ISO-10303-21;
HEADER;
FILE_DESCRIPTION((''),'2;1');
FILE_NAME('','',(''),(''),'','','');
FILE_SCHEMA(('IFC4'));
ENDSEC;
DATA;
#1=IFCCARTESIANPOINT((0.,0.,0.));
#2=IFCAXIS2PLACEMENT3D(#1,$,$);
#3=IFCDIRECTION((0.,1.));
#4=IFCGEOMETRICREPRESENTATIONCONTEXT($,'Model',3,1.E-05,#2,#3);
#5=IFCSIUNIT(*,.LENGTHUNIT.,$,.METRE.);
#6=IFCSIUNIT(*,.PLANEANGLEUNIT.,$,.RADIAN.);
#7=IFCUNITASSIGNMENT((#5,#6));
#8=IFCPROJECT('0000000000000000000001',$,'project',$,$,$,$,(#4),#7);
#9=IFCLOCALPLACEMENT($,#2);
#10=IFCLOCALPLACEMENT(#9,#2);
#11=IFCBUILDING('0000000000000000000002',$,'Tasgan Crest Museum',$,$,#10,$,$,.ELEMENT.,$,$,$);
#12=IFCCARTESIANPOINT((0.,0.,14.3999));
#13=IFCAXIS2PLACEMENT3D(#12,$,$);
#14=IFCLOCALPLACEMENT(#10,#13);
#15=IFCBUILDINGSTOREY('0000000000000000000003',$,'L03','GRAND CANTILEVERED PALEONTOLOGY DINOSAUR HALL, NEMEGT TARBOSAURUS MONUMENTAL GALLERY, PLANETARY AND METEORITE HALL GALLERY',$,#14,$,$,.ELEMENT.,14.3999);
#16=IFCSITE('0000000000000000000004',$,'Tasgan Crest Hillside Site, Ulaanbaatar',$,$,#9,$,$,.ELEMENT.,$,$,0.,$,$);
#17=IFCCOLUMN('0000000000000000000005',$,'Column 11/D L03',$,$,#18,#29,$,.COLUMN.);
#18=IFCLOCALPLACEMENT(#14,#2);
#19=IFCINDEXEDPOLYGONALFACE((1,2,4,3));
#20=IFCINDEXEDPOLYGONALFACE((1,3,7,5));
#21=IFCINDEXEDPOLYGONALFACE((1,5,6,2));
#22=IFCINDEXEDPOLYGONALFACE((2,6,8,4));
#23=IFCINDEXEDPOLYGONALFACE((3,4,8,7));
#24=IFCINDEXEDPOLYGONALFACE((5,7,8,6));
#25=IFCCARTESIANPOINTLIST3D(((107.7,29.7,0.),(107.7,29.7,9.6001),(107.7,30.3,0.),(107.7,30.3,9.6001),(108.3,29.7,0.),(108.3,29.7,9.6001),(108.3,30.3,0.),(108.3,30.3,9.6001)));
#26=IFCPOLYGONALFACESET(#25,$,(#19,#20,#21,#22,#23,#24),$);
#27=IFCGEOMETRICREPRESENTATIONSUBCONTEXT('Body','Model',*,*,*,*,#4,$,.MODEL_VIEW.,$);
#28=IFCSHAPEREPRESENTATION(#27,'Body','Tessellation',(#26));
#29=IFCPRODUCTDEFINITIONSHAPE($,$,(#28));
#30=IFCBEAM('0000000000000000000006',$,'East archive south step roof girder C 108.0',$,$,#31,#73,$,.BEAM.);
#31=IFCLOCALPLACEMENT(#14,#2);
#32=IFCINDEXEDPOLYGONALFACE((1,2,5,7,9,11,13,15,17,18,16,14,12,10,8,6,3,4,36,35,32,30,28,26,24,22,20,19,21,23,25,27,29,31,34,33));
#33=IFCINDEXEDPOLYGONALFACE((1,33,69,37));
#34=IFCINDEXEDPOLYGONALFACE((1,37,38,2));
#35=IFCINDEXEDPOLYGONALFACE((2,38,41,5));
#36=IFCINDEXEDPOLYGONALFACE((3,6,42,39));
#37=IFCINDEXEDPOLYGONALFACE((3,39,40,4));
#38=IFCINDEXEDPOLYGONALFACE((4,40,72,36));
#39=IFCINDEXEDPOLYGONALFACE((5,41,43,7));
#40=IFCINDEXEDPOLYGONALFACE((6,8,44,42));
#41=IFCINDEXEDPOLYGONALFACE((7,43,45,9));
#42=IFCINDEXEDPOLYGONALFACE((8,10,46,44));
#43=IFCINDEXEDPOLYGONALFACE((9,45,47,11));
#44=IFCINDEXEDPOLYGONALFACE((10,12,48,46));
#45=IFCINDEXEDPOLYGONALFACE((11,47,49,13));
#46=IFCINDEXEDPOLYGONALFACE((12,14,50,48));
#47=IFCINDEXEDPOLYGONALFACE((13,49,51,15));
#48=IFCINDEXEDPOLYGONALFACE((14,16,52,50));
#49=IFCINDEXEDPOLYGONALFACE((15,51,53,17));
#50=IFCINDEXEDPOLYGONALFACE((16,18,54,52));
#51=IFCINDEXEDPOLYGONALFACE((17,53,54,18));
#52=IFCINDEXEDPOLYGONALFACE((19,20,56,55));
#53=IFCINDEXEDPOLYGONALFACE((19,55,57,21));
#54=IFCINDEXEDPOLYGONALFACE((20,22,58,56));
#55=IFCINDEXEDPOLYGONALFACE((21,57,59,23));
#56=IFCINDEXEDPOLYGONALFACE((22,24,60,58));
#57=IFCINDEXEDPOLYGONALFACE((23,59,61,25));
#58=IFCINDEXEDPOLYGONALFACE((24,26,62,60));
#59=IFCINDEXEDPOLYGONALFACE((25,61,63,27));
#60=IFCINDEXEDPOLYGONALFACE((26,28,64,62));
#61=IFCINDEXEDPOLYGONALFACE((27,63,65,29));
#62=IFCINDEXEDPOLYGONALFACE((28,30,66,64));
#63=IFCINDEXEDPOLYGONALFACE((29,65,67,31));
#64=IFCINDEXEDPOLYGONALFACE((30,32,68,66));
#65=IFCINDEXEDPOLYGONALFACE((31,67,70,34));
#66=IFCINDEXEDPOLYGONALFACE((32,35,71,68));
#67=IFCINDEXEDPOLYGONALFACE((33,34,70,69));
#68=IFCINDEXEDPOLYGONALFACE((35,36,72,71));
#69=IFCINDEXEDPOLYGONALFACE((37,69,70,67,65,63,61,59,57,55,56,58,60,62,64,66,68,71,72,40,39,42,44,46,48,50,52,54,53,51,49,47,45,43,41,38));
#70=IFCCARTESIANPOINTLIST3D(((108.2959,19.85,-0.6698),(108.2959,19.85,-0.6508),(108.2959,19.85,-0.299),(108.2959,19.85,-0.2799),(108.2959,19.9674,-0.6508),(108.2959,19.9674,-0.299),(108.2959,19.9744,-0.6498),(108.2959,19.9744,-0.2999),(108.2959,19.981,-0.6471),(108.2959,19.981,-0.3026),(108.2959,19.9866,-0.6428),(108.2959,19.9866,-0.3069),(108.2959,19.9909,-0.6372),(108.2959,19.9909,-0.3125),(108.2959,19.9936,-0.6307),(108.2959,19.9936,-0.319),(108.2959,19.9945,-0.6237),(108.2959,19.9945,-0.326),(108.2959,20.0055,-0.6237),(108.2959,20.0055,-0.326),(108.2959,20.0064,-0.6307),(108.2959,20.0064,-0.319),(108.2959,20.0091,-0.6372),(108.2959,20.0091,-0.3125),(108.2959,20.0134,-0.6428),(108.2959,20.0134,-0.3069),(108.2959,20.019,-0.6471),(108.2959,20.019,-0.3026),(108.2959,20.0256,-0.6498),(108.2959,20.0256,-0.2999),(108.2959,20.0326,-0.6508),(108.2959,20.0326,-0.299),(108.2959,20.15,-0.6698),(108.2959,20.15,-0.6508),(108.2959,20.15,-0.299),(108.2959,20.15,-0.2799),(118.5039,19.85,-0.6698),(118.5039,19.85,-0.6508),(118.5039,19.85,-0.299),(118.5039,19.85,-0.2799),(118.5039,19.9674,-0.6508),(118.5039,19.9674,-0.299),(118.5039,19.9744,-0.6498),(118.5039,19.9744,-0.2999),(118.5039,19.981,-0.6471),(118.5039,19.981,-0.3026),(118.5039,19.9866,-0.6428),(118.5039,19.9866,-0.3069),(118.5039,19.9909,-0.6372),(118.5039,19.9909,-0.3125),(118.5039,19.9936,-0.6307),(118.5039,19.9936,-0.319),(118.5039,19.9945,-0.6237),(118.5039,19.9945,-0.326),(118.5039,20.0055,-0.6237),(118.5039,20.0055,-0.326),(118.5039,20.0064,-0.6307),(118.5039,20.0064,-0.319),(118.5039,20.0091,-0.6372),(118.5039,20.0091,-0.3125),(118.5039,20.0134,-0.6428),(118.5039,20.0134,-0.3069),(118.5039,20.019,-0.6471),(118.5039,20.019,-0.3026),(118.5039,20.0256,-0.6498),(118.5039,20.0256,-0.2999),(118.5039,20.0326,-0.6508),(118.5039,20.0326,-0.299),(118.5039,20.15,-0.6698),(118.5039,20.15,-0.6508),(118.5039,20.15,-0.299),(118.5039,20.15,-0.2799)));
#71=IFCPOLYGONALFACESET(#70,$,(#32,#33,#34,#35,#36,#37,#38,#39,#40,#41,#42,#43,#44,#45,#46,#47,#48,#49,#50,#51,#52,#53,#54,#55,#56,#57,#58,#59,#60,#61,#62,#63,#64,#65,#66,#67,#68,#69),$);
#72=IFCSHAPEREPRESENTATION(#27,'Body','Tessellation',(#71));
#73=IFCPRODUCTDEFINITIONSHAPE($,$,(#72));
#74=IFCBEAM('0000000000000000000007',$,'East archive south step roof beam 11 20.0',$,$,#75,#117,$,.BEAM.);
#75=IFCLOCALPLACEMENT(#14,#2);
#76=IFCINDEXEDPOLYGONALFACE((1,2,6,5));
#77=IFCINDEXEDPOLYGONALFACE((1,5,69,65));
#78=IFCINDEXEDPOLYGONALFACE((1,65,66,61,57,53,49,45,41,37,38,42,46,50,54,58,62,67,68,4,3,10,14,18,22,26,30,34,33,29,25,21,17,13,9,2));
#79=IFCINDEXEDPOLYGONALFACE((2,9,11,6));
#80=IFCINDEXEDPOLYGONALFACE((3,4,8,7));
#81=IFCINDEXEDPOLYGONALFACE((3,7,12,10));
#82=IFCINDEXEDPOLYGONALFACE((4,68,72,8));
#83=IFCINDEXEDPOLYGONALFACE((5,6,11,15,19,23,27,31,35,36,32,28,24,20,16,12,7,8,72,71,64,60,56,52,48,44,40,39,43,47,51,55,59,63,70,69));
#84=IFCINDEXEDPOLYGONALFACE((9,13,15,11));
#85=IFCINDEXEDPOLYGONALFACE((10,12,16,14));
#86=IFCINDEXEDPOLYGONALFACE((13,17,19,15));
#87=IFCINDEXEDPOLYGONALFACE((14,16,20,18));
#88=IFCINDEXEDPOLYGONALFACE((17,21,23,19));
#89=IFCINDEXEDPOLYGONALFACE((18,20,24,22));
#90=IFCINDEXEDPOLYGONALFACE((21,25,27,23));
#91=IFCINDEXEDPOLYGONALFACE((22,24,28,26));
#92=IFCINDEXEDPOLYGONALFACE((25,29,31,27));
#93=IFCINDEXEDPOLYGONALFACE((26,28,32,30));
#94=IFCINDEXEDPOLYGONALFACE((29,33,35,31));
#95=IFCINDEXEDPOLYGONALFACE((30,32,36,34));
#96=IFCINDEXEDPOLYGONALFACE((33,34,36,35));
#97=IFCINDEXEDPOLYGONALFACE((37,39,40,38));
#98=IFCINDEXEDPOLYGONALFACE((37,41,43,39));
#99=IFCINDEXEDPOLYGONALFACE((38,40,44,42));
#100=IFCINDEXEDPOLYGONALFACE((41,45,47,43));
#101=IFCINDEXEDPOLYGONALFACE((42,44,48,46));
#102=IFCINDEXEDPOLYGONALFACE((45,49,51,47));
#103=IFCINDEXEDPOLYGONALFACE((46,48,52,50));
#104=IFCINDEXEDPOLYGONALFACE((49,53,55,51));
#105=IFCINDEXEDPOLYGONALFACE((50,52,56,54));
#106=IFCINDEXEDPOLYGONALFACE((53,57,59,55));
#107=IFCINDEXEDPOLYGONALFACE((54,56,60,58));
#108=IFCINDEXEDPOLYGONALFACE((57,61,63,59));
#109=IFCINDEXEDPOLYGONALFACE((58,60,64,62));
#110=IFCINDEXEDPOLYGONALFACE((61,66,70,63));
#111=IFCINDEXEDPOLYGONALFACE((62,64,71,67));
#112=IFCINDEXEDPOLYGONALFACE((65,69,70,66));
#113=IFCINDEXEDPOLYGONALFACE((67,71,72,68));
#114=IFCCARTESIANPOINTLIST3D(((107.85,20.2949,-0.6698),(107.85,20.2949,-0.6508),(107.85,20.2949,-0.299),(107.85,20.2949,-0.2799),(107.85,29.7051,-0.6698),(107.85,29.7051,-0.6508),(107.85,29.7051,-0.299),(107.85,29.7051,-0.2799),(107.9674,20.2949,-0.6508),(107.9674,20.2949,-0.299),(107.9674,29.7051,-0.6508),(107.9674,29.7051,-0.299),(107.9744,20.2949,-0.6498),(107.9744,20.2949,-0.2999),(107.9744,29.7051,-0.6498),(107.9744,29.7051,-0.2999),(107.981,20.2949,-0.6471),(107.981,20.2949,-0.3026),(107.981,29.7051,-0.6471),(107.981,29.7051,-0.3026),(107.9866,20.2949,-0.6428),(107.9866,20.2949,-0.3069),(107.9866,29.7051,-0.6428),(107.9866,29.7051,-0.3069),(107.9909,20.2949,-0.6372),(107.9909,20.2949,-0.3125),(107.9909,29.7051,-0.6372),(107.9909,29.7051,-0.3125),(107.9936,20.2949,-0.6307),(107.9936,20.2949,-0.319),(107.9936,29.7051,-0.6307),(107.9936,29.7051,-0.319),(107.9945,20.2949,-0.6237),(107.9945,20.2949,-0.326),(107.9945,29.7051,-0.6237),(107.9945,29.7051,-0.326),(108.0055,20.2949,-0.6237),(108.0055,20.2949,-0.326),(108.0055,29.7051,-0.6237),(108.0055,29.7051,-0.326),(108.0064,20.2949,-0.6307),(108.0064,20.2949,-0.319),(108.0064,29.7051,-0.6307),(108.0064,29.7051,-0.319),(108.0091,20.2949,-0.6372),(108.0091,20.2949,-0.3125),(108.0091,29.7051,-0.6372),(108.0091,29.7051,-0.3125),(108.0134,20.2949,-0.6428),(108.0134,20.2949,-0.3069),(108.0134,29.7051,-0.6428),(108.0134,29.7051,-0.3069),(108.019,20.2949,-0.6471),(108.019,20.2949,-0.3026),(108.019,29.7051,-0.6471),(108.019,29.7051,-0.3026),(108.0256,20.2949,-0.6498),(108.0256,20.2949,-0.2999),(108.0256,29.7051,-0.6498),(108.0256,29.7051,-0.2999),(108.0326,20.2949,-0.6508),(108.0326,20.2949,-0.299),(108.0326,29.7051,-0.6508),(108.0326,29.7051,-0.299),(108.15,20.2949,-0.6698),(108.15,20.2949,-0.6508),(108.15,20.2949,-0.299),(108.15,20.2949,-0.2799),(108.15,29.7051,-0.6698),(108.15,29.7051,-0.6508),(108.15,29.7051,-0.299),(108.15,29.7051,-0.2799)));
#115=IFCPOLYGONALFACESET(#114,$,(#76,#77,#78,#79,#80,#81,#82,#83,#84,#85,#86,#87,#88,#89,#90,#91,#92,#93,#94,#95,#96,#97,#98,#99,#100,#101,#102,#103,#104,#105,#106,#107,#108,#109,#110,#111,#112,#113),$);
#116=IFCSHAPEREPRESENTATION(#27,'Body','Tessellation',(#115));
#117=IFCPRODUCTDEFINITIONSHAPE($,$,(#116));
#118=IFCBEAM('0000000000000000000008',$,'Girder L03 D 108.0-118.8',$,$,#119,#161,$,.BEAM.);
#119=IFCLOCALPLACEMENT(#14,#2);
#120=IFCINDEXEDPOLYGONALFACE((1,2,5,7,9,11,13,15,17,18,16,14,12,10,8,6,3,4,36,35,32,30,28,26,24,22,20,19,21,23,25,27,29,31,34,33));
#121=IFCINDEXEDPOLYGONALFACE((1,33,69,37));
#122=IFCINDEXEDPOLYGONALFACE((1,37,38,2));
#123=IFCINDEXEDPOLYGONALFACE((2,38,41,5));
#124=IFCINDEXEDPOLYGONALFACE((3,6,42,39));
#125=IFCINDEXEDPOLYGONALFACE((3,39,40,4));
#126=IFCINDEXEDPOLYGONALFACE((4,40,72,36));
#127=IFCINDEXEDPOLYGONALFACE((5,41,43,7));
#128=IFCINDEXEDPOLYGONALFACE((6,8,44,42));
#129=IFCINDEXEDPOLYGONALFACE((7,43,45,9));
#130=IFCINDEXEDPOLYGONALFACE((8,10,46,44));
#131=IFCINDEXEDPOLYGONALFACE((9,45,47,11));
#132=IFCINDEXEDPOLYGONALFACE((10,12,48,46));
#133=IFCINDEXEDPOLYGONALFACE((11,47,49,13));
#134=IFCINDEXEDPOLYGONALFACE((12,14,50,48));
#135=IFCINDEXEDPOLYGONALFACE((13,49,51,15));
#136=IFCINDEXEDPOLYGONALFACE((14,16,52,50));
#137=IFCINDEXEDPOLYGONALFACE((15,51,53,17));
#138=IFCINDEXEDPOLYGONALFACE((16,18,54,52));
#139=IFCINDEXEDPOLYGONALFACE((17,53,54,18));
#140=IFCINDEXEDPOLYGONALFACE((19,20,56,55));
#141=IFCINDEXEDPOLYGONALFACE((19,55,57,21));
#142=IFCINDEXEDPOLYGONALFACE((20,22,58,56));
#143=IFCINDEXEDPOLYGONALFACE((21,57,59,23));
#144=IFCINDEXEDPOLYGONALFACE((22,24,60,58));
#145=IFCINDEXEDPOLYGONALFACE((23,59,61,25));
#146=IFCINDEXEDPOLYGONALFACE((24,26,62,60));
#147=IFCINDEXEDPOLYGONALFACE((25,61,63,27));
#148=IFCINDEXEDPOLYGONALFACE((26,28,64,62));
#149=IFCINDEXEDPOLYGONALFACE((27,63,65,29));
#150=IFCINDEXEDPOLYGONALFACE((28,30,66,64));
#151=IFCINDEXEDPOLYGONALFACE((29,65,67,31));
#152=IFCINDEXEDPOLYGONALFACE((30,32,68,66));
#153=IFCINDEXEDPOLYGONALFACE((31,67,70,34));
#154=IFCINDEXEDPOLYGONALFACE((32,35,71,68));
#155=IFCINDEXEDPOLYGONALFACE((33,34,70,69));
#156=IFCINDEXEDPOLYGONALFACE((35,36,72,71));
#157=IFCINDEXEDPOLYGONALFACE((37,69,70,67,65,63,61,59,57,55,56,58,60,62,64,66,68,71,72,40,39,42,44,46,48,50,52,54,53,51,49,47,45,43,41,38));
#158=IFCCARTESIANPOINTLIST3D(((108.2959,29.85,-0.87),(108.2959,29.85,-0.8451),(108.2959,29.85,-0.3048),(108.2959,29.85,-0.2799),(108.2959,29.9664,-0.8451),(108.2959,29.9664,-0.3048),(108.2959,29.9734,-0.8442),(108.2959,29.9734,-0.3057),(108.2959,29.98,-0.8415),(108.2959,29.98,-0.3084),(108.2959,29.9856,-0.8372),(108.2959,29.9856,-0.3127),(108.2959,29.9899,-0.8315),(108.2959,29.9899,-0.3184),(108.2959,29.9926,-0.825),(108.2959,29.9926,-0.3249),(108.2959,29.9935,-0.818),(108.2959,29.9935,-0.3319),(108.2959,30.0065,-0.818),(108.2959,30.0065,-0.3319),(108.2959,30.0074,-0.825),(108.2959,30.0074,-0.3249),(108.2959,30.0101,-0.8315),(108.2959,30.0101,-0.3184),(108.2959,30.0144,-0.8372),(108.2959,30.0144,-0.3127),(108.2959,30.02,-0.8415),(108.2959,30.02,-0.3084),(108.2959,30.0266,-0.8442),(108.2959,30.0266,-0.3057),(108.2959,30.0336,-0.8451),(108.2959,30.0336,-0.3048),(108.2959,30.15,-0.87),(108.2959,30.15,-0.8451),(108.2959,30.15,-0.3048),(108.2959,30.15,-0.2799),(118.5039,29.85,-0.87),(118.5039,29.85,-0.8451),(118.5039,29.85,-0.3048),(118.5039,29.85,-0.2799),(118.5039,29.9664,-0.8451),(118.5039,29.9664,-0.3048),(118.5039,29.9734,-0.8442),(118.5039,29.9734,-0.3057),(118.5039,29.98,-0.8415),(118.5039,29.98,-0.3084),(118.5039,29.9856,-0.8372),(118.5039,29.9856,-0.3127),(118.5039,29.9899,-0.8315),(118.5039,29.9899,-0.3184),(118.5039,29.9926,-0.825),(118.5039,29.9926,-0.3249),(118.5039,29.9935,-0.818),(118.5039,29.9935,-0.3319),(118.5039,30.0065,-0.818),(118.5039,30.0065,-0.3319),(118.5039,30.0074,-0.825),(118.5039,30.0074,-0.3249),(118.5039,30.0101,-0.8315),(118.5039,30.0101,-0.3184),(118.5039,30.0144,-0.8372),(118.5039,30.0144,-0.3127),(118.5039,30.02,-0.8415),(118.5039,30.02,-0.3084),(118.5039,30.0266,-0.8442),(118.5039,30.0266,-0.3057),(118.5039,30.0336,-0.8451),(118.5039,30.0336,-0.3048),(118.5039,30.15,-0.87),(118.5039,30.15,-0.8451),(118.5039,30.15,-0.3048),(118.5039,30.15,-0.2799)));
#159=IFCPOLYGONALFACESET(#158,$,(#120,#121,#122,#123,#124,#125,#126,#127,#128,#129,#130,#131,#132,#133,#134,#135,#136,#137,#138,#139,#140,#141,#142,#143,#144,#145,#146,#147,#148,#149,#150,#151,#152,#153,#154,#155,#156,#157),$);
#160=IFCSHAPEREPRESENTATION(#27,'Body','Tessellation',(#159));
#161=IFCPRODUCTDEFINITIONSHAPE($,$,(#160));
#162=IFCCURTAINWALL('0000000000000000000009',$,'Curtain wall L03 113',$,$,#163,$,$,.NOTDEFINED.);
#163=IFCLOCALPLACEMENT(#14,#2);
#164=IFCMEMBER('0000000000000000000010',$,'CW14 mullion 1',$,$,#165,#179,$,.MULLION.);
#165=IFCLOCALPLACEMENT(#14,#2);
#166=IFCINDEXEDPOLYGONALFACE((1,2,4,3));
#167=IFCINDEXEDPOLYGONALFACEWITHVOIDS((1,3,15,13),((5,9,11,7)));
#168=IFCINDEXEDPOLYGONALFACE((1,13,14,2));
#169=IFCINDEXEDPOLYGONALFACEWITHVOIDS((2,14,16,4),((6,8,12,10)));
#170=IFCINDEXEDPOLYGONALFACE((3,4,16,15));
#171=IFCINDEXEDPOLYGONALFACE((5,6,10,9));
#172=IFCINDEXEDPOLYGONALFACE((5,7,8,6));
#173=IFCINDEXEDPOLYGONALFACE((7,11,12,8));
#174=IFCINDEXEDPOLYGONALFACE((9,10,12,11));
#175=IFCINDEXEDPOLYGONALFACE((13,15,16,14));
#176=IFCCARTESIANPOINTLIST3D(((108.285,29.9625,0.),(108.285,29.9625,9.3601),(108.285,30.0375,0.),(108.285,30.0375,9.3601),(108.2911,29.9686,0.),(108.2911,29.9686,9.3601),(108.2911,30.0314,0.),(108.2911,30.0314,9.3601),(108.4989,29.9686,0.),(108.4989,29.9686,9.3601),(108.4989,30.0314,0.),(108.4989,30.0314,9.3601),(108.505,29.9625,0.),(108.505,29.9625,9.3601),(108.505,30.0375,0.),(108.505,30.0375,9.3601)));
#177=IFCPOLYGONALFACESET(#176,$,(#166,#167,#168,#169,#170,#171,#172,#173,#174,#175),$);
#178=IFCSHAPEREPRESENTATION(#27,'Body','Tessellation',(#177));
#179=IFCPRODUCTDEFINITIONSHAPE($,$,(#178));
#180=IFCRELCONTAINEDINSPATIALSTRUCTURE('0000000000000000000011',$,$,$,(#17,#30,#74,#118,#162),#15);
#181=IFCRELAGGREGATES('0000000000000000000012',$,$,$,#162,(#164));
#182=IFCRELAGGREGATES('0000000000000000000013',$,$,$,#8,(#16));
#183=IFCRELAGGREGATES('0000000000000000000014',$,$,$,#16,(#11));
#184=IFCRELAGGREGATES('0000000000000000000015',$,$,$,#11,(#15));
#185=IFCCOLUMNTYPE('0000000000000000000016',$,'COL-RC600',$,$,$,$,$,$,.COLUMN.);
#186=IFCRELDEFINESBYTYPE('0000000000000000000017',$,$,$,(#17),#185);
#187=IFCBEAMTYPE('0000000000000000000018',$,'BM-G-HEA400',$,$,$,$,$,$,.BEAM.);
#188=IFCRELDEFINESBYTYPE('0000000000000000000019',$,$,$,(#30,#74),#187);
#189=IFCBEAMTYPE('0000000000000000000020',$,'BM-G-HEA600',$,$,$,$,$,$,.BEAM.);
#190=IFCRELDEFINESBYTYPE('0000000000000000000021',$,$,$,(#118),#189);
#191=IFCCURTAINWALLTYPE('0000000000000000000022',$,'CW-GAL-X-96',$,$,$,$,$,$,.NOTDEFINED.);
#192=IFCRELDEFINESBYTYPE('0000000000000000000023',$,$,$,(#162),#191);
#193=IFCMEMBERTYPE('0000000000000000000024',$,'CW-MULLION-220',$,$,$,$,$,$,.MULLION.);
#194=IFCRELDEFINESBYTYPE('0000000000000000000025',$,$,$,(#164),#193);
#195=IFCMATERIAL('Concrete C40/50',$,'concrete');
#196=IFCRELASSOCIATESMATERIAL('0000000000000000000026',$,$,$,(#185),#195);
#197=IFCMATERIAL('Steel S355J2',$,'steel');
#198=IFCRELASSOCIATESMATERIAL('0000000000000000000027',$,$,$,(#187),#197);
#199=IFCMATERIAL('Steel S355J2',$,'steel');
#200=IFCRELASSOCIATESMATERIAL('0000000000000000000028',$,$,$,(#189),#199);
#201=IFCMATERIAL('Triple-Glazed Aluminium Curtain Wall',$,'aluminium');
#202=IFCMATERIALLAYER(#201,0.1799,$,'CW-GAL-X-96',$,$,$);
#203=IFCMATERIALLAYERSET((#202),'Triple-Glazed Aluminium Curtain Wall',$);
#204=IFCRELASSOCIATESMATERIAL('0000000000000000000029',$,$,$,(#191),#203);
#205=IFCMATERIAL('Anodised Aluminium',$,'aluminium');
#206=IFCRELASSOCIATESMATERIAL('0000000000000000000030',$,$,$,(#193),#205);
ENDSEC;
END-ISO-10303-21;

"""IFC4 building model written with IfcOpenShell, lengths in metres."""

from ifc_helpers import new_model, si_unit, direction, frame, origin, origin_2d, place, context, subcontext, project, spatial, rectangle, hollow_rectangle, i_section, extrude, material, layer, layer_set, material_profile, profile_set, type_object, element, aggregate, save


model = new_model("IFC4")

# Units and contexts
model_context = context("Model", 3, precision=1e-05, world=origin(), true_north=direction((0.0, 1.0)))
body_context = subcontext(model_context, "Body", "Model", "MODEL_VIEW")
ifc_project = project(units=[si_unit("LENGTHUNIT", "METRE"), si_unit("PLANEANGLEUNIT", "RADIAN")], contexts=[model_context])

# Site, building, storey
site_placement = place(None, origin())
site = spatial("IfcSite", under=ifc_project, at=site_placement, Name="Tasgan Crest Hillside Site, Ulaanbaatar", CompositionType="ELEMENT", RefElevation=0.0)
building_placement = place(site_placement, origin())
building = spatial("IfcBuilding", under=site, at=building_placement, Name="Tasgan Crest Museum", CompositionType="ELEMENT")
storey_placement = place(building_placement, frame((0.0, 0.0, 14.3999)))
storey = spatial("IfcBuildingStorey", under=building, at=storey_placement, Name="L03", Description="GRAND CANTILEVERED PALEONTOLOGY DINOSAUR HALL, NEMEGT TARBOSAURUS MONUMENTAL GALLERY, PLANETARY AND METEORITE HALL GALLERY", CompositionType="ELEMENT", Elevation=14.3999)

# Column
ifc_material_1 = material(Name="Concrete C40/50", Category="concrete")
ifc_material_profile_1 = material_profile(ifc_material_1, rectangle(XDim=0.6001, YDim=0.6001, at=origin_2d()), Name="RC 600x600")
ifc_profile_set_1 = profile_set([ifc_material_profile_1], Name="Concrete C40/50")
column_type = type_object("IfcColumnType", Name="COL-RC600", PredefinedType="COLUMN", material=ifc_profile_set_1)
column_placement = place(storey_placement, frame((108.0, 30.0, 0.0), z_axis=(0.0, 0.0, 1.0), x_axis=(1.0, 0.0, 0.0)))
element("IfcColumn", 1, at=column_placement, inside=storey, type_object=column_type, Name="Column 11/D L03", PredefinedType="COLUMN", context=body_context, shape_type="SweptSolid", body=[
    extrude(rectangle(XDim=0.6001, YDim=0.6001, at=origin_2d()), origin(), (0.0, 0.0, 1.0), 9.6001),
])

# Beams
ifc_material_2 = material(Name="Steel S355J2", Category="steel")
ifc_material_profile_2 = material_profile(ifc_material_2, i_section(OverallWidth=0.3, OverallDepth=0.3899, WebThickness=0.011, FlangeThickness=0.019, FilletRadius=0.0271, at=origin_2d()), Name="HEA 400")
ifc_profile_set_2 = profile_set([ifc_material_profile_2], Name="Steel S355J2")
beam_type_1 = type_object("IfcBeamType", Name="BM-G-HEA400", PredefinedType="BEAM", material=ifc_profile_set_2)
beam_1_placement = place(storey_placement, frame((108.2959, 20.0, -0.4749), z_axis=(1.0, 0.0, 0.0), x_axis=(0.0, 1.0, 0.0)))
element("IfcBeam", 2, at=beam_1_placement, inside=storey, type_object=beam_type_1, Name="East archive south step roof girder C 108.0", PredefinedType="BEAM", context=body_context, shape_type="SweptSolid", body=[
    extrude(i_section(OverallWidth=0.3, OverallDepth=0.3899, WebThickness=0.011, FlangeThickness=0.019, FilletRadius=0.0271, at=origin_2d()), origin(), (0.0, 0.0, 1.0), 10.208),
])
beam_2_placement = place(storey_placement, frame((108.0, 20.2949, -0.4749), z_axis=(0.0, 1.0, 0.0), x_axis=(-1.0, 0.0, 0.0)))
element("IfcBeam", 3, at=beam_2_placement, inside=storey, type_object=beam_type_1, Name="East archive south step roof beam 11 20.0", PredefinedType="BEAM", context=body_context, shape_type="SweptSolid", body=[
    extrude(i_section(OverallWidth=0.3, OverallDepth=0.3899, WebThickness=0.011, FlangeThickness=0.019, FilletRadius=0.0271, at=origin_2d()), origin(), (0.0, 0.0, 1.0), 9.4102),
])
ifc_material_3 = material(Name="Steel S355J2", Category="steel")
ifc_material_profile_3 = material_profile(ifc_material_3, i_section(OverallWidth=0.3, OverallDepth=0.5901, WebThickness=0.0129, FlangeThickness=0.0249, FilletRadius=0.0271, at=origin_2d()), Name="HEA 600")
ifc_profile_set_3 = profile_set([ifc_material_profile_3], Name="Steel S355J2")
beam_type_2 = type_object("IfcBeamType", Name="BM-G-HEA600", PredefinedType="BEAM", material=ifc_profile_set_3)
beam_3_placement = place(storey_placement, frame((108.2959, 30.0, -0.575), z_axis=(1.0, 0.0, 0.0), x_axis=(0.0, 1.0, 0.0)))
element("IfcBeam", 4, at=beam_3_placement, inside=storey, type_object=beam_type_2, Name="Girder L03 D 108.0-118.8", PredefinedType="BEAM", context=body_context, shape_type="SweptSolid", body=[
    extrude(i_section(OverallWidth=0.3, OverallDepth=0.5901, WebThickness=0.0129, FlangeThickness=0.0249, FilletRadius=0.0271, at=origin_2d()), origin(), (0.0, 0.0, 1.0), 10.208),
])

# Curtain wall, member
ifc_material_4 = material(Name="Triple-Glazed Aluminium Curtain Wall", Category="aluminium")
ifc_layer_1 = layer(ifc_material_4, 0.1799, Name="CW-GAL-X-96")
ifc_layer_set_1 = layer_set([ifc_layer_1], Name="Triple-Glazed Aluminium Curtain Wall")
curtain_wall_type = type_object("IfcCurtainWallType", Name="CW-GAL-X-96", PredefinedType="NOTDEFINED", material=ifc_layer_set_1)
curtain_wall_placement = place(storey_placement, origin())
curtain_wall = element("IfcCurtainWall", 5, at=curtain_wall_placement, inside=storey, type_object=curtain_wall_type, Name="Curtain wall L03 113", PredefinedType="NOTDEFINED")
ifc_material_5 = material(Name="Anodised Aluminium", Category="aluminium")
ifc_material_profile_4 = material_profile(ifc_material_5, hollow_rectangle(XDim=0.075, YDim=0.22, WallThickness=0.0061, at=origin_2d()), Name="ALU MULLION 220x75x6")
ifc_profile_set_4 = profile_set([ifc_material_profile_4], Name="Anodised Aluminium")
member_type_1 = type_object("IfcMemberType", Name="CW-MULLION-220", PredefinedType="MULLION", material=ifc_profile_set_4)
member_1_placement = place(storey_placement, frame((108.395, 30.0, 0.0), z_axis=(0.0, 0.0, 1.0), x_axis=(0.0, 1.0, 0.0)))
member_1 = element("IfcMember", 6, at=member_1_placement, type_object=member_type_1, Name="CW14 mullion 1", PredefinedType="MULLION", context=body_context, shape_type="SweptSolid", body=[
    extrude(hollow_rectangle(XDim=0.075, YDim=0.22, WallThickness=0.0061, at=origin_2d()), origin(), (0.0, 0.0, 1.0), 9.3601),
])
aggregate(curtain_wall, [member_1])

save(model, "model.ifc")
